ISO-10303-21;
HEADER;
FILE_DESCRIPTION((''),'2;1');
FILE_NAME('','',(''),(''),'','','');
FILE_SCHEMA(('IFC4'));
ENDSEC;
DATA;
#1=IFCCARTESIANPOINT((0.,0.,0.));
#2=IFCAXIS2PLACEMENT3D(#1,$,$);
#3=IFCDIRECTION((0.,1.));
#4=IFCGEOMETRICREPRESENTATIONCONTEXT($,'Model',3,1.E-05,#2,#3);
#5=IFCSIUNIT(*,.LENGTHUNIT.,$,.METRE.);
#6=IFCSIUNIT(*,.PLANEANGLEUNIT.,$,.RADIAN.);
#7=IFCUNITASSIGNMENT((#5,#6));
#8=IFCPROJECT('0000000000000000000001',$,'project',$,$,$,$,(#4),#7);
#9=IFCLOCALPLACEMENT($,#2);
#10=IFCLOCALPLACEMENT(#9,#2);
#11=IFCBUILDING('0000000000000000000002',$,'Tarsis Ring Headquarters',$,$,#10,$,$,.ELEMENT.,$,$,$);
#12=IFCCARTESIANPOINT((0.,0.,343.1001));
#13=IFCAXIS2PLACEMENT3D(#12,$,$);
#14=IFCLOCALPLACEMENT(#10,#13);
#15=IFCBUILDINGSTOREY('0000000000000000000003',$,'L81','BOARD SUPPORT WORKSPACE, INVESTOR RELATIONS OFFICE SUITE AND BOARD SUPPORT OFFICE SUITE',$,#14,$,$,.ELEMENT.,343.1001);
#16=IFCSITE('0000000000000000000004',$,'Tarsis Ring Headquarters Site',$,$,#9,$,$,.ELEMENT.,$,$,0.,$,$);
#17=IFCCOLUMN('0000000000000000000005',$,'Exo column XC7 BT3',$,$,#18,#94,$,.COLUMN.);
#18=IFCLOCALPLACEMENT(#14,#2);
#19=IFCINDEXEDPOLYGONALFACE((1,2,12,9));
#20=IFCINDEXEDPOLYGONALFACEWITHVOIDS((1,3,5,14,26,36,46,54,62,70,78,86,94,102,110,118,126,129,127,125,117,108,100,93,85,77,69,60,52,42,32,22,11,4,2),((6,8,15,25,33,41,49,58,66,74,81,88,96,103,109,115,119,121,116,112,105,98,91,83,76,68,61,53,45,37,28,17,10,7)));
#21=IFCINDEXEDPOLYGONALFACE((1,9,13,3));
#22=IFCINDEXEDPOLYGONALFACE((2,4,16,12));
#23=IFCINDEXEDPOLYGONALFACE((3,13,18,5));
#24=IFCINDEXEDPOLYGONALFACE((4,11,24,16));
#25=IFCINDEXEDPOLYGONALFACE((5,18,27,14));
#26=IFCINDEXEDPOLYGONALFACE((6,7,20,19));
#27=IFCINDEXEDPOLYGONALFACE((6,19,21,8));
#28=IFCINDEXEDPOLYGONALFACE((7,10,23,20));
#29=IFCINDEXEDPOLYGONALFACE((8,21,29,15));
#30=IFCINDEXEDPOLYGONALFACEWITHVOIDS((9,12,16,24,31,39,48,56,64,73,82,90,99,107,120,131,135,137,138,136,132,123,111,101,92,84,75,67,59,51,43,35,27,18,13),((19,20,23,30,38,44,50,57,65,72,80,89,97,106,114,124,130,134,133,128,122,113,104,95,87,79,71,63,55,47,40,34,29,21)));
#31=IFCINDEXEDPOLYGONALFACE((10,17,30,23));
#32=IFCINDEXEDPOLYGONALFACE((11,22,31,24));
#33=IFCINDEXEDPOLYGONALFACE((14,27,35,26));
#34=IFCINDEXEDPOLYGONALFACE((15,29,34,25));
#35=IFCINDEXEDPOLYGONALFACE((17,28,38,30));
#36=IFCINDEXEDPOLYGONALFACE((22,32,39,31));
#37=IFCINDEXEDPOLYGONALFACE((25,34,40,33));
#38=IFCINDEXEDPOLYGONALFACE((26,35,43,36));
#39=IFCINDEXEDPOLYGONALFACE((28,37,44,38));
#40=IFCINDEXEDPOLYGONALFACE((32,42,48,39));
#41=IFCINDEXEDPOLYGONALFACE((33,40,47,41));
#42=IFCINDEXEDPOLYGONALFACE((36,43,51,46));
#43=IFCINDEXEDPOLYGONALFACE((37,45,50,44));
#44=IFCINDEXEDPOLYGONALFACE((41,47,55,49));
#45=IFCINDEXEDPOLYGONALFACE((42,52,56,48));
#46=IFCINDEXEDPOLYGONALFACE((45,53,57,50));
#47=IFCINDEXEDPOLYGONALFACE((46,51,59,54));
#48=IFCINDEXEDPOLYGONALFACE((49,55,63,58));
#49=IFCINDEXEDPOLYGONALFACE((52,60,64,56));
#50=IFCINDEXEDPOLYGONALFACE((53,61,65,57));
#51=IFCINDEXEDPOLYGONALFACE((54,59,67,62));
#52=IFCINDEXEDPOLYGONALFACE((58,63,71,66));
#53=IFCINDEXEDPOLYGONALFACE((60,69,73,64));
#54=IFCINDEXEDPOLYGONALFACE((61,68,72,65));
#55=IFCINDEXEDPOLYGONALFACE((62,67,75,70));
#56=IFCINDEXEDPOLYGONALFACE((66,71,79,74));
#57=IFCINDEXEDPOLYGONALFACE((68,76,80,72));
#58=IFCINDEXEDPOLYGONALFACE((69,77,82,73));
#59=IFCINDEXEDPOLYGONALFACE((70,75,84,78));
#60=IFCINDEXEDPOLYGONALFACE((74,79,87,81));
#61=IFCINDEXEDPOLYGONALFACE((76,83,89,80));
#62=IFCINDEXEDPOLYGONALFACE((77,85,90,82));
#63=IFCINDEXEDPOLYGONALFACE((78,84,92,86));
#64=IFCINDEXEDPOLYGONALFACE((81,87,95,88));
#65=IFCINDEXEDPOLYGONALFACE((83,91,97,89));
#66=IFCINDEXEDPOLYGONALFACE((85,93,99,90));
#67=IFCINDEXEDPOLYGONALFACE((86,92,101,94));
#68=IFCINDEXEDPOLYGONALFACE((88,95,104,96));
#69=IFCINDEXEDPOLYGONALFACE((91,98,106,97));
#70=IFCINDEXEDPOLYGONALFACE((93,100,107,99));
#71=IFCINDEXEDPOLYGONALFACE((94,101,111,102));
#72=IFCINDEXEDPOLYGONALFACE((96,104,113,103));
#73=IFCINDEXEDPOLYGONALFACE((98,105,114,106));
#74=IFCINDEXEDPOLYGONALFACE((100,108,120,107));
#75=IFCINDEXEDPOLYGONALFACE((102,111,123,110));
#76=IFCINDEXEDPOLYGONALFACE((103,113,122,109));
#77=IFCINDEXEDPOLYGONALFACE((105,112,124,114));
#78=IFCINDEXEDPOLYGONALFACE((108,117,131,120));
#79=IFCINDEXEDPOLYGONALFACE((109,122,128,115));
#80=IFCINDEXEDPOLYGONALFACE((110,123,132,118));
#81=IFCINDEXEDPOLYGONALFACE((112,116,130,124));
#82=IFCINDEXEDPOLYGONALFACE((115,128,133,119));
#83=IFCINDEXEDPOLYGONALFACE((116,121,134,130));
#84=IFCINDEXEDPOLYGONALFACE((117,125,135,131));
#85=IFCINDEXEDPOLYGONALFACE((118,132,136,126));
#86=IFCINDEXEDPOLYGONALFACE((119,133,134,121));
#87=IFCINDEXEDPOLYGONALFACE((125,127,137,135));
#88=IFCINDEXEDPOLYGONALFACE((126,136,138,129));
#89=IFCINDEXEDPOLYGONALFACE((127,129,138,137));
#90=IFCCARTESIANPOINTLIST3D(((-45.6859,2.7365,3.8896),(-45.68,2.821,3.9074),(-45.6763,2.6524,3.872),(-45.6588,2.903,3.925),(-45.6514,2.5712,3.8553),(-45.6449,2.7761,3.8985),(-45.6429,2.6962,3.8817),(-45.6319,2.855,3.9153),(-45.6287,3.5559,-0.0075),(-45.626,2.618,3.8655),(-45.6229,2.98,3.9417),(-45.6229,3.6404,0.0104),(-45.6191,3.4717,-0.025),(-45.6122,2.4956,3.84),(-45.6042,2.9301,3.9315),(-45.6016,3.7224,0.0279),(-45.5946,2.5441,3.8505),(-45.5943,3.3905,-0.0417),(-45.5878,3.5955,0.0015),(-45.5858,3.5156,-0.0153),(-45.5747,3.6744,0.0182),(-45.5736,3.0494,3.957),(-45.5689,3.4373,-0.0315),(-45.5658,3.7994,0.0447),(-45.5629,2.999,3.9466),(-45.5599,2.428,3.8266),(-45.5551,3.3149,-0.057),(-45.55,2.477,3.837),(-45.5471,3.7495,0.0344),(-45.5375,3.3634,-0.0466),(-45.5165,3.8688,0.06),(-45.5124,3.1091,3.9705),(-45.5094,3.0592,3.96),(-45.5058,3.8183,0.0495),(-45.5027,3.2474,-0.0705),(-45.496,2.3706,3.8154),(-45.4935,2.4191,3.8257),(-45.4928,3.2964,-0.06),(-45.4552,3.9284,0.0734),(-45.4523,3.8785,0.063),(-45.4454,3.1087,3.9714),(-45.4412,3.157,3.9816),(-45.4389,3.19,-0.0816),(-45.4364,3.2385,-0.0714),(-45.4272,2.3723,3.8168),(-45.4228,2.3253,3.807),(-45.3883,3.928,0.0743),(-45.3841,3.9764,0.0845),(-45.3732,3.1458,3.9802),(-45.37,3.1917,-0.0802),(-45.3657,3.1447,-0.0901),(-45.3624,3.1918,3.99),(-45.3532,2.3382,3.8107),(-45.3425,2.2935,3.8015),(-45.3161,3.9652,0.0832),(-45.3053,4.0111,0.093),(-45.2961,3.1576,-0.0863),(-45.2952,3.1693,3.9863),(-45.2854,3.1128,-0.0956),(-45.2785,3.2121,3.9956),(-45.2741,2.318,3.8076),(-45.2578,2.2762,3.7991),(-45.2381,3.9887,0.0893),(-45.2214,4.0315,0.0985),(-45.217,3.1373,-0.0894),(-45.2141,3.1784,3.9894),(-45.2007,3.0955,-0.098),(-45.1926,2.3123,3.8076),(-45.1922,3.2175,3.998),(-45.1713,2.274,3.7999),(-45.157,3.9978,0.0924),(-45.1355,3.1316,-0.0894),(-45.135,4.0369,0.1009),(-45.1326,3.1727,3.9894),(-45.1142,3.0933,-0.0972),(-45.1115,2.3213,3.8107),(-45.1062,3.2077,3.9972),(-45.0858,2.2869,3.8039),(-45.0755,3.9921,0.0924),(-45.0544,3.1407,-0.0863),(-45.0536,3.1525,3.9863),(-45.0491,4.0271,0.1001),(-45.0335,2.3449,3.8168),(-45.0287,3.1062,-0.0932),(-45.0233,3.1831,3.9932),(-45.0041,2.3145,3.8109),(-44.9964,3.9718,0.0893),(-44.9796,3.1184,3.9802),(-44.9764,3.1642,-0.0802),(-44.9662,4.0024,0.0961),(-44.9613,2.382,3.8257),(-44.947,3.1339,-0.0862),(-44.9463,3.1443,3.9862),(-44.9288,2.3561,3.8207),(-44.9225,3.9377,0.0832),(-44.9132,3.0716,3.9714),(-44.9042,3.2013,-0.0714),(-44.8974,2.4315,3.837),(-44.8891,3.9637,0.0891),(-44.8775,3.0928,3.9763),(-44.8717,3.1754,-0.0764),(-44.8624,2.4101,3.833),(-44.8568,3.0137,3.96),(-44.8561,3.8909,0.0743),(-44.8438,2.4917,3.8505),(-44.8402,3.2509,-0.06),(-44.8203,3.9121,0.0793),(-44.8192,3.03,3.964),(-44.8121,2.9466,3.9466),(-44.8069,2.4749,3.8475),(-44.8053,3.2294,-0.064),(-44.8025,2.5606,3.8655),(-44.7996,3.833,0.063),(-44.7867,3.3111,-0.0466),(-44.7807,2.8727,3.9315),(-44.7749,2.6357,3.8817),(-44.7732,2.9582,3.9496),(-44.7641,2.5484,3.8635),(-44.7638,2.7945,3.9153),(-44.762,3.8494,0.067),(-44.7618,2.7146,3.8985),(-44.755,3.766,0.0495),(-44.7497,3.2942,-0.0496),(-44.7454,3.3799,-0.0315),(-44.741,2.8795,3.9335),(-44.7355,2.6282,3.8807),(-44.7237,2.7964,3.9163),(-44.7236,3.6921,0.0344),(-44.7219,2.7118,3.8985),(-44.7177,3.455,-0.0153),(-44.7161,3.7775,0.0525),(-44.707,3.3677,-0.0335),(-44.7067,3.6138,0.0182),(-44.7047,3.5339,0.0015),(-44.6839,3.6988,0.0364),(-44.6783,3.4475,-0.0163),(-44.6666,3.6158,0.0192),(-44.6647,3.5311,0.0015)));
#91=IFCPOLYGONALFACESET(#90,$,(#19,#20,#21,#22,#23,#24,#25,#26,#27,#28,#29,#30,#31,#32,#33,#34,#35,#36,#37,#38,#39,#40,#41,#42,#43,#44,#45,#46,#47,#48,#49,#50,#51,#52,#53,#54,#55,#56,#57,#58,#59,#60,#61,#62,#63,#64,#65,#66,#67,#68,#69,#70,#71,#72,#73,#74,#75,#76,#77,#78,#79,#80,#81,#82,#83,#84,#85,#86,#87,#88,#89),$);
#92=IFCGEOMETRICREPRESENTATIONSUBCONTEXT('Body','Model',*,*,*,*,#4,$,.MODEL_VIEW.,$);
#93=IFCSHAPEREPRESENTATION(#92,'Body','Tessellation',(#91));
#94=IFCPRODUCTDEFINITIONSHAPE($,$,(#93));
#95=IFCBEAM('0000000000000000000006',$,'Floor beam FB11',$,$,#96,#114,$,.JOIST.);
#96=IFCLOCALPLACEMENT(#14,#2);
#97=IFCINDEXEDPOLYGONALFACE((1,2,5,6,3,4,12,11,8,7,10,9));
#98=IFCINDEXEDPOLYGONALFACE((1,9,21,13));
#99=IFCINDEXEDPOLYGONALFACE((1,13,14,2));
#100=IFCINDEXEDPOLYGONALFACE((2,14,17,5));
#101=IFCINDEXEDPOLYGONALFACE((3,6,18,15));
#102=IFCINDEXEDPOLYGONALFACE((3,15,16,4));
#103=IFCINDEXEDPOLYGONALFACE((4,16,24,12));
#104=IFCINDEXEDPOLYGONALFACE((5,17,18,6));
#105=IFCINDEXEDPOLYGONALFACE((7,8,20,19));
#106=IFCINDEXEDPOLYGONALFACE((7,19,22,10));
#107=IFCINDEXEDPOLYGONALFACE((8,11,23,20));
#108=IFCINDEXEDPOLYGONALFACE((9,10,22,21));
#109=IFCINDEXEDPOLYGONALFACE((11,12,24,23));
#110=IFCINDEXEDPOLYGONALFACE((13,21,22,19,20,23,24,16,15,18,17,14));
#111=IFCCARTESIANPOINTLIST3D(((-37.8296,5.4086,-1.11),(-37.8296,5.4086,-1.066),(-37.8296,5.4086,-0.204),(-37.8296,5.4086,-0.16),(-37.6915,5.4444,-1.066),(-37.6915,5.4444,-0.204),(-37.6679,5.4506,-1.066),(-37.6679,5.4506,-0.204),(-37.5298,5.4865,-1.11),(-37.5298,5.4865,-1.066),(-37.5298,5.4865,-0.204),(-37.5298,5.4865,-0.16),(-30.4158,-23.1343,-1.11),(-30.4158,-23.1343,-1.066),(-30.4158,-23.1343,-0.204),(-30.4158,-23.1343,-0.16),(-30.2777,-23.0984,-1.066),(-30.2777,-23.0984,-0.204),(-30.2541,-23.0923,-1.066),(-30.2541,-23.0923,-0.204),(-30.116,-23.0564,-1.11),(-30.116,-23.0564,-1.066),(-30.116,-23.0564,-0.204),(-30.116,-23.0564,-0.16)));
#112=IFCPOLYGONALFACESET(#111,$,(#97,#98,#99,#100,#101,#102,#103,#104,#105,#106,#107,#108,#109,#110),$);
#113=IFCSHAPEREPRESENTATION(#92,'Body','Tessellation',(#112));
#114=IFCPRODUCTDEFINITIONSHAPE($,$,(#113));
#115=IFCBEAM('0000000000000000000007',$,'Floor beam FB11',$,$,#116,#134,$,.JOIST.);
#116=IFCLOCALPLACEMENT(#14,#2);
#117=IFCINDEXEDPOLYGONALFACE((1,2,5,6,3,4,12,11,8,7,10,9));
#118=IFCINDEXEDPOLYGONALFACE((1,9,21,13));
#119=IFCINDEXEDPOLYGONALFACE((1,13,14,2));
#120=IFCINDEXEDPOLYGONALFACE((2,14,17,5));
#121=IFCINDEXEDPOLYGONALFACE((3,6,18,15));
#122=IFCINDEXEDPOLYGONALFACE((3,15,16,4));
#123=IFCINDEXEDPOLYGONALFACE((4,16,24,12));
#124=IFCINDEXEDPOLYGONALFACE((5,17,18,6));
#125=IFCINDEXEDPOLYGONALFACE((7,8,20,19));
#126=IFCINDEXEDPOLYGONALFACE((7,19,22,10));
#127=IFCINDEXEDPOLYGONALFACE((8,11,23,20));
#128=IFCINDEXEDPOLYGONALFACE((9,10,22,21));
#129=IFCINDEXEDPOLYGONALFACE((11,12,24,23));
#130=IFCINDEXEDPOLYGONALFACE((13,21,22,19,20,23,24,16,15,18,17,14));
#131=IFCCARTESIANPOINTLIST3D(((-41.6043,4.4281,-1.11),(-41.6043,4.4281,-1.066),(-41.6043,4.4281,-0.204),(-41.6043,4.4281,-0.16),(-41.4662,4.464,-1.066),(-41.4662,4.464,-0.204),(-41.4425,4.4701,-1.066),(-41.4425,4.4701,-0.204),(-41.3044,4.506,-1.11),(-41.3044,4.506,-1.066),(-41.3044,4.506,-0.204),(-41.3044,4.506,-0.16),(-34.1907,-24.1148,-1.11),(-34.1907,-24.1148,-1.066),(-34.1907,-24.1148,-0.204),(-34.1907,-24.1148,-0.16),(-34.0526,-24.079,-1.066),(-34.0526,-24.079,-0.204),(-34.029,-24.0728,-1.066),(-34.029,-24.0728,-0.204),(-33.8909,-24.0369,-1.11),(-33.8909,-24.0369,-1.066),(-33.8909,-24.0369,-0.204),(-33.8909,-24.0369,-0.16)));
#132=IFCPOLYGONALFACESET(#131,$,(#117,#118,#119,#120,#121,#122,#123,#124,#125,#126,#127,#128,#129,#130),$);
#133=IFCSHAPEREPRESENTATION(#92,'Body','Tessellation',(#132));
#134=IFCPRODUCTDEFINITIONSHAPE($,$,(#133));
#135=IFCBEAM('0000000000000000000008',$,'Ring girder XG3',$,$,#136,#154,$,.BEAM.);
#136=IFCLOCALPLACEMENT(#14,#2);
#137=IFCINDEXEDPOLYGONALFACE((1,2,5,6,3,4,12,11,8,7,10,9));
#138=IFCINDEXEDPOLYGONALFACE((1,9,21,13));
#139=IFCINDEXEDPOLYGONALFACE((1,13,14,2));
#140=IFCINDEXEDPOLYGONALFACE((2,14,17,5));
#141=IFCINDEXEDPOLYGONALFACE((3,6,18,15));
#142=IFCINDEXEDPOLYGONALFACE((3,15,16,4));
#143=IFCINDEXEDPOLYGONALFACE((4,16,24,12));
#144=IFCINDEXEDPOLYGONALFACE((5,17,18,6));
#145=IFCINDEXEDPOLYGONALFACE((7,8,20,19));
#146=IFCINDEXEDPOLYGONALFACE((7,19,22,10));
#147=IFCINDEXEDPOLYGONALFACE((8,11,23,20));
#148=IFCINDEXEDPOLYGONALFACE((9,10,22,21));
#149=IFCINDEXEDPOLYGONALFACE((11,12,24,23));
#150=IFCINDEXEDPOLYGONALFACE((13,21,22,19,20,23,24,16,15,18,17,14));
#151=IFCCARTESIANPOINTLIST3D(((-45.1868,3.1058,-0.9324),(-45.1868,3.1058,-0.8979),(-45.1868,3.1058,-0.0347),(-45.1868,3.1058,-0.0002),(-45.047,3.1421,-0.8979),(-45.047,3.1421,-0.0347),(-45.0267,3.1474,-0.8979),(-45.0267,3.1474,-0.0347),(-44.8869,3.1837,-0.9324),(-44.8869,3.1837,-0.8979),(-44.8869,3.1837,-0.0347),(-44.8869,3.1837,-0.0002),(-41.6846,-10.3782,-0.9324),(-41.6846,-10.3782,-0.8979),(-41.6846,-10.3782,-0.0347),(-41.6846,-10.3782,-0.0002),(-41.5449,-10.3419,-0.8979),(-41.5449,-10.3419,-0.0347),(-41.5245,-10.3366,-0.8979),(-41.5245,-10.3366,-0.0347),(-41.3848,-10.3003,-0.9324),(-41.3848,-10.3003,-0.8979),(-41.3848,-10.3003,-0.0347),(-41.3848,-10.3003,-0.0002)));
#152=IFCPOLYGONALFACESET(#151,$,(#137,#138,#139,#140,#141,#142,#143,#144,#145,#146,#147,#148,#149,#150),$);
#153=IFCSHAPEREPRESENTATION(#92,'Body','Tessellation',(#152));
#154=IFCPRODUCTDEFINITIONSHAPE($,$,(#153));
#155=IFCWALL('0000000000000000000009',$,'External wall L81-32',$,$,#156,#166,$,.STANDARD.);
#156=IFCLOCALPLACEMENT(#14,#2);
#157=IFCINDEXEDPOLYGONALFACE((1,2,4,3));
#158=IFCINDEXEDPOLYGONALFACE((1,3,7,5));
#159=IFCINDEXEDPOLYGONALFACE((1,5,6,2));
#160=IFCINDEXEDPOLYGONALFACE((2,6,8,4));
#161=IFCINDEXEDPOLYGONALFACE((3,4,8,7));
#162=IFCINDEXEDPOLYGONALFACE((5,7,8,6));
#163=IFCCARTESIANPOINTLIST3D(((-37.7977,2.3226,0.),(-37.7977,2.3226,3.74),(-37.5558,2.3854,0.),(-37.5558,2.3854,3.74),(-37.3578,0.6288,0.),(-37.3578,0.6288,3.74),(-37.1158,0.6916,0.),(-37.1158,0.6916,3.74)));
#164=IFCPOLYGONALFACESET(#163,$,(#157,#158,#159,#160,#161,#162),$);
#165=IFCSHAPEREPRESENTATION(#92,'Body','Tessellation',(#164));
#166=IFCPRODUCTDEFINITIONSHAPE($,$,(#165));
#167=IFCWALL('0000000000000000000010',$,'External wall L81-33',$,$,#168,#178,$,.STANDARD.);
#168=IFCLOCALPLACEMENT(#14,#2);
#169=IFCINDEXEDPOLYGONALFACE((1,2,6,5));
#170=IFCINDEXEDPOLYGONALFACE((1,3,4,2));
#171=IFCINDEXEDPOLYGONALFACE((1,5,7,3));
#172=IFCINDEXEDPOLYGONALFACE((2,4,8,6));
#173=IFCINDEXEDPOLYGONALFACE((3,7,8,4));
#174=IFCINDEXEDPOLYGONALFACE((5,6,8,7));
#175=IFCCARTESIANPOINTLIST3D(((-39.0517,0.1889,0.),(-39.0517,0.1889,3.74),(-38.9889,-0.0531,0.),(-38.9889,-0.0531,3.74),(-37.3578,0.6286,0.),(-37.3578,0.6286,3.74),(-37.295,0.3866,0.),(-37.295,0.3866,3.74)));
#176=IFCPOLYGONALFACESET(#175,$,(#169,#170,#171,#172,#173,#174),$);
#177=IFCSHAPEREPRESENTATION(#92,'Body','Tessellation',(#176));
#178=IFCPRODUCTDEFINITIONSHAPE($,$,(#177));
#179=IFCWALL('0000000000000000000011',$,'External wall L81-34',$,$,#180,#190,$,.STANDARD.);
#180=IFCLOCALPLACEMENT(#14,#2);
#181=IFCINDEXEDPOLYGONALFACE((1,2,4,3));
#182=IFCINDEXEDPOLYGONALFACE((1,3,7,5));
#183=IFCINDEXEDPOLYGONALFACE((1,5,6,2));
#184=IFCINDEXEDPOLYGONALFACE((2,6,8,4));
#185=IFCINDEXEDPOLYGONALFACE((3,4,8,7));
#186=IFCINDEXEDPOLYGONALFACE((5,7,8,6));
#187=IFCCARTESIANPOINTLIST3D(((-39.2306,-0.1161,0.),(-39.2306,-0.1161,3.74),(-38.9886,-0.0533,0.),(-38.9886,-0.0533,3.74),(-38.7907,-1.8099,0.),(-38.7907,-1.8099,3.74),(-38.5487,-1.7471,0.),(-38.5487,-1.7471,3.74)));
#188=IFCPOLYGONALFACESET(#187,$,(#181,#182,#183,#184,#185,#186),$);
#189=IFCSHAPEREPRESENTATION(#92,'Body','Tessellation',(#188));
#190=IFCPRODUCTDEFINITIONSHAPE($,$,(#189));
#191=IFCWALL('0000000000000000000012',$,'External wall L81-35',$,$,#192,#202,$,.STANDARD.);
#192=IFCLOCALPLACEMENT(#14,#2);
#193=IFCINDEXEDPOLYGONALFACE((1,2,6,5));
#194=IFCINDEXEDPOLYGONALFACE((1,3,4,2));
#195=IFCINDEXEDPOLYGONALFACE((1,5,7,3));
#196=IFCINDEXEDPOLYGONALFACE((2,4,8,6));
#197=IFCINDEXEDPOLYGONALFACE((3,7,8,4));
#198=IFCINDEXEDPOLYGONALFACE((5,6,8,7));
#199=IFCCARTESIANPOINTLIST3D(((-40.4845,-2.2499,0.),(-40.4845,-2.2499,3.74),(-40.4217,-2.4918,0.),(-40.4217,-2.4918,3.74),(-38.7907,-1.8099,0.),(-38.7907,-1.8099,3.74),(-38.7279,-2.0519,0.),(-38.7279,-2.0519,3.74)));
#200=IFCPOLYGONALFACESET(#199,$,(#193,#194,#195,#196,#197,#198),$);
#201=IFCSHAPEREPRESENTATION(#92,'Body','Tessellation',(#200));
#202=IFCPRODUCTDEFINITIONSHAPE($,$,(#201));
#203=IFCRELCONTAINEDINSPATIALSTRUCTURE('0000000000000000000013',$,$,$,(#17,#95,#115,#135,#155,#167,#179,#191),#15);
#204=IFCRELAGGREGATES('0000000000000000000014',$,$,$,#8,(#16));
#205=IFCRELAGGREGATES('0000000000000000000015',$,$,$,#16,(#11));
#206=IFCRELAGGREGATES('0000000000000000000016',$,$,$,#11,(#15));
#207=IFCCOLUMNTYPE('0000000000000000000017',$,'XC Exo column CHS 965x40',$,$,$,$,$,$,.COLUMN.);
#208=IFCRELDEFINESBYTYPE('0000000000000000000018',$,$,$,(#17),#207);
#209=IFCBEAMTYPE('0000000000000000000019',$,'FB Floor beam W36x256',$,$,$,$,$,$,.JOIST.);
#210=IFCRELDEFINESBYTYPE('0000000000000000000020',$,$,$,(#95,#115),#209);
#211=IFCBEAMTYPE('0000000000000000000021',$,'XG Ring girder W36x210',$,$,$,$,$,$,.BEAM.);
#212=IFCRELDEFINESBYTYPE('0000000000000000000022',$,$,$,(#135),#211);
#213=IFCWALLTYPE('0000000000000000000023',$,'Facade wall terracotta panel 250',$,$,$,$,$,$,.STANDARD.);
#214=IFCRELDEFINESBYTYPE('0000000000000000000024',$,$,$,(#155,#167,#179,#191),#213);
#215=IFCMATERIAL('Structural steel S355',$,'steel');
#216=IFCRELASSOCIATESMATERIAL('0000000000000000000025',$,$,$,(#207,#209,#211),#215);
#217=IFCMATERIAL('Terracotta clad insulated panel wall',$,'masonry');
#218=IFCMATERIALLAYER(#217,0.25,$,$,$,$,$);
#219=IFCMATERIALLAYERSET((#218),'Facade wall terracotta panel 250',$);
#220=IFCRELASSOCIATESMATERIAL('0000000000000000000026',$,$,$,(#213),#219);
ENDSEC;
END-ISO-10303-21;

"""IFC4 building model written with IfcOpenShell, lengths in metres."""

from ifc_helpers import new_model, si_unit, direction, frame, frame_2d, origin, origin_2d, place, context, subcontext, project, spatial, rectangle, hollow_circle, i_section, extrude, material, layer, layer_set, material_profile, profile_set, type_object, element, save


model = new_model("IFC4")

# Units and contexts
model_context = context("Model", 3, precision=1e-05, world=origin(), true_north=direction((0.0, 1.0)))
body_context = subcontext(model_context, "Body", "Model", "MODEL_VIEW")
ifc_project = project(units=[si_unit("LENGTHUNIT", "METRE"), si_unit("PLANEANGLEUNIT", "RADIAN")], contexts=[model_context])

# Site, building, storey
site_placement = place(None, origin())
site = spatial("IfcSite", under=ifc_project, at=site_placement, Name="Tarsis Ring Headquarters Site", CompositionType="ELEMENT", RefElevation=0.0)
building_placement = place(site_placement, origin())
building = spatial("IfcBuilding", under=site, at=building_placement, Name="Tarsis Ring Headquarters", CompositionType="ELEMENT")
storey_placement = place(building_placement, frame((0.0, 0.0, 343.1001)))
storey = spatial("IfcBuildingStorey", under=building, at=storey_placement, Name="L81", Description="BOARD SUPPORT WORKSPACE, INVESTOR RELATIONS OFFICE SUITE AND BOARD SUPPORT OFFICE SUITE", CompositionType="ELEMENT", Elevation=343.1001)

# Column
ifc_material_1 = material(Name="Structural steel S355", Category="steel")
ifc_material_profile_1 = material_profile(ifc_material_1, hollow_circle(Radius=0.4827, WallThickness=0.04, at=origin_2d()), Name="CHS 965x40")
ifc_profile_set_1 = profile_set([ifc_material_profile_1], Name="Structural steel S355")
column_type = type_object("IfcColumnType", Name="XC Exo column CHS 965x40", PredefinedType="COLUMN", material=ifc_profile_set_1)
column_placement = place(storey_placement, frame((-45.1462, 3.5647, 0.0015), z_axis=(-0.014345, -0.20573, 0.978504), x_axis=(0.997578, -0.069557, 0.0)))
element("IfcColumn", 1, at=column_placement, inside=storey, type_object=column_type, Name="Exo column XC7 BT3", PredefinedType="COLUMN", context=body_context, shape_type="SweptSolid", body=[
    extrude(hollow_circle(Radius=0.4827, WallThickness=0.04, at=origin_2d()), origin(), (0.0, 0.0, 1.0), 3.9827),
])

# Beams
ifc_material_profile_2 = material_profile(ifc_material_1, i_section(OverallWidth=0.3098, OverallDepth=0.95, WebThickness=0.0244, FlangeThickness=0.0439, at=origin_2d()), Name="W36x256")
ifc_profile_set_2 = profile_set([ifc_material_profile_2], Name="Structural steel S355")
beam_type_1 = type_object("IfcBeamType", Name="FB Floor beam W36x256", PredefinedType="JOIST", material=ifc_profile_set_2)
for number, where, z_axis, x_axis, name in (
    (2, (-37.6797, 5.4475, -0.635), (0.2514, -0.967883, 0.0), (0.967883, 0.2514, 0.0), "Floor beam FB11"),
    (3, (-41.4543, 4.467, -0.635), (0.251393, -0.967885, 0.0), (0.967885, 0.251393, 0.0), "Floor beam FB11"),
):
    element("IfcBeam", number, at=place(storey_placement, frame(where, z_axis=z_axis, x_axis=x_axis)), inside=storey, type_object=beam_type_1, Name=name, PredefinedType="JOIST", context=body_context, shape_type="SweptSolid", body=[
        extrude(i_section(OverallWidth=0.3098, OverallDepth=0.95, WebThickness=0.0244, FlangeThickness=0.0439, at=origin_2d()), origin(), (0.0, 0.0, 1.0), 29.49),
    ])
ifc_material_profile_3 = material_profile(ifc_material_1, i_section(OverallWidth=0.3098, OverallDepth=0.9321, WebThickness=0.021, FlangeThickness=0.0344, at=origin_2d()), Name="W36x210")
ifc_profile_set_3 = profile_set([ifc_material_profile_3], Name="Structural steel S355")
beam_type_2 = type_object("IfcBeamType", Name="XG Ring girder W36x210", PredefinedType="BEAM", material=ifc_profile_set_3)
beam_placement = place(storey_placement, frame((-45.0369, 3.1448, -0.4663), z_axis=(0.251387, -0.967887, 0.0), x_axis=(0.967887, 0.251387, 0.0)))
element("IfcBeam", 4, at=beam_placement, inside=storey, type_object=beam_type_2, Name="Ring girder XG3", PredefinedType="BEAM", context=body_context, shape_type="SweptSolid", body=[
    extrude(i_section(OverallWidth=0.3098, OverallDepth=0.9321, WebThickness=0.021, FlangeThickness=0.0344, at=origin_2d()), origin(), (0.0, 0.0, 1.0), 13.9314),
])

# Walls
ifc_material_2 = material(Name="Terracotta clad insulated panel wall", Category="masonry")
ifc_layer = layer(ifc_material_2, 0.25)
ifc_layer_set = layer_set([ifc_layer], Name="Facade wall terracotta panel 250")
wall_type = type_object("IfcWallType", Name="Facade wall terracotta panel 250", PredefinedType="STANDARD", material=ifc_layer_set)
for number, where, z_axis, x_axis, name in (
    (5, (-37.6768, 2.354, 0.0), (0.0, 0.0, 1.0), (0.251388, -0.967886, 0.0), "External wall L81-32"),
    (6, (-37.3264, 0.5076, 0.0), (0.0, 0.0, 1.0), (-0.96792, -0.251257, 0.0), "External wall L81-33"),
    (7, (-39.1096, -0.0847, 0.0), (0.0, 0.0, 1.0), (0.251388, -0.967886, 0.0), "External wall L81-34"),
    (8, (-38.7593, -1.9309, 0.0), (0.0, 0.0, 1.0), (-0.967886, -0.251388, 0.0), "External wall L81-35"),
):
    element("IfcWall", number, at=place(storey_placement, frame(where, z_axis=z_axis, x_axis=x_axis)), inside=storey, type_object=wall_type, Name=name, PredefinedType="STANDARD", context=body_context, shape_type="SweptSolid", body=[
        extrude(rectangle(XDim=1.75, YDim=0.25, at=frame_2d((0.875, 0.0))), origin(), (0.0, 0.0, 1.0), 3.74),
    ])

save(model, "model.ifc")
